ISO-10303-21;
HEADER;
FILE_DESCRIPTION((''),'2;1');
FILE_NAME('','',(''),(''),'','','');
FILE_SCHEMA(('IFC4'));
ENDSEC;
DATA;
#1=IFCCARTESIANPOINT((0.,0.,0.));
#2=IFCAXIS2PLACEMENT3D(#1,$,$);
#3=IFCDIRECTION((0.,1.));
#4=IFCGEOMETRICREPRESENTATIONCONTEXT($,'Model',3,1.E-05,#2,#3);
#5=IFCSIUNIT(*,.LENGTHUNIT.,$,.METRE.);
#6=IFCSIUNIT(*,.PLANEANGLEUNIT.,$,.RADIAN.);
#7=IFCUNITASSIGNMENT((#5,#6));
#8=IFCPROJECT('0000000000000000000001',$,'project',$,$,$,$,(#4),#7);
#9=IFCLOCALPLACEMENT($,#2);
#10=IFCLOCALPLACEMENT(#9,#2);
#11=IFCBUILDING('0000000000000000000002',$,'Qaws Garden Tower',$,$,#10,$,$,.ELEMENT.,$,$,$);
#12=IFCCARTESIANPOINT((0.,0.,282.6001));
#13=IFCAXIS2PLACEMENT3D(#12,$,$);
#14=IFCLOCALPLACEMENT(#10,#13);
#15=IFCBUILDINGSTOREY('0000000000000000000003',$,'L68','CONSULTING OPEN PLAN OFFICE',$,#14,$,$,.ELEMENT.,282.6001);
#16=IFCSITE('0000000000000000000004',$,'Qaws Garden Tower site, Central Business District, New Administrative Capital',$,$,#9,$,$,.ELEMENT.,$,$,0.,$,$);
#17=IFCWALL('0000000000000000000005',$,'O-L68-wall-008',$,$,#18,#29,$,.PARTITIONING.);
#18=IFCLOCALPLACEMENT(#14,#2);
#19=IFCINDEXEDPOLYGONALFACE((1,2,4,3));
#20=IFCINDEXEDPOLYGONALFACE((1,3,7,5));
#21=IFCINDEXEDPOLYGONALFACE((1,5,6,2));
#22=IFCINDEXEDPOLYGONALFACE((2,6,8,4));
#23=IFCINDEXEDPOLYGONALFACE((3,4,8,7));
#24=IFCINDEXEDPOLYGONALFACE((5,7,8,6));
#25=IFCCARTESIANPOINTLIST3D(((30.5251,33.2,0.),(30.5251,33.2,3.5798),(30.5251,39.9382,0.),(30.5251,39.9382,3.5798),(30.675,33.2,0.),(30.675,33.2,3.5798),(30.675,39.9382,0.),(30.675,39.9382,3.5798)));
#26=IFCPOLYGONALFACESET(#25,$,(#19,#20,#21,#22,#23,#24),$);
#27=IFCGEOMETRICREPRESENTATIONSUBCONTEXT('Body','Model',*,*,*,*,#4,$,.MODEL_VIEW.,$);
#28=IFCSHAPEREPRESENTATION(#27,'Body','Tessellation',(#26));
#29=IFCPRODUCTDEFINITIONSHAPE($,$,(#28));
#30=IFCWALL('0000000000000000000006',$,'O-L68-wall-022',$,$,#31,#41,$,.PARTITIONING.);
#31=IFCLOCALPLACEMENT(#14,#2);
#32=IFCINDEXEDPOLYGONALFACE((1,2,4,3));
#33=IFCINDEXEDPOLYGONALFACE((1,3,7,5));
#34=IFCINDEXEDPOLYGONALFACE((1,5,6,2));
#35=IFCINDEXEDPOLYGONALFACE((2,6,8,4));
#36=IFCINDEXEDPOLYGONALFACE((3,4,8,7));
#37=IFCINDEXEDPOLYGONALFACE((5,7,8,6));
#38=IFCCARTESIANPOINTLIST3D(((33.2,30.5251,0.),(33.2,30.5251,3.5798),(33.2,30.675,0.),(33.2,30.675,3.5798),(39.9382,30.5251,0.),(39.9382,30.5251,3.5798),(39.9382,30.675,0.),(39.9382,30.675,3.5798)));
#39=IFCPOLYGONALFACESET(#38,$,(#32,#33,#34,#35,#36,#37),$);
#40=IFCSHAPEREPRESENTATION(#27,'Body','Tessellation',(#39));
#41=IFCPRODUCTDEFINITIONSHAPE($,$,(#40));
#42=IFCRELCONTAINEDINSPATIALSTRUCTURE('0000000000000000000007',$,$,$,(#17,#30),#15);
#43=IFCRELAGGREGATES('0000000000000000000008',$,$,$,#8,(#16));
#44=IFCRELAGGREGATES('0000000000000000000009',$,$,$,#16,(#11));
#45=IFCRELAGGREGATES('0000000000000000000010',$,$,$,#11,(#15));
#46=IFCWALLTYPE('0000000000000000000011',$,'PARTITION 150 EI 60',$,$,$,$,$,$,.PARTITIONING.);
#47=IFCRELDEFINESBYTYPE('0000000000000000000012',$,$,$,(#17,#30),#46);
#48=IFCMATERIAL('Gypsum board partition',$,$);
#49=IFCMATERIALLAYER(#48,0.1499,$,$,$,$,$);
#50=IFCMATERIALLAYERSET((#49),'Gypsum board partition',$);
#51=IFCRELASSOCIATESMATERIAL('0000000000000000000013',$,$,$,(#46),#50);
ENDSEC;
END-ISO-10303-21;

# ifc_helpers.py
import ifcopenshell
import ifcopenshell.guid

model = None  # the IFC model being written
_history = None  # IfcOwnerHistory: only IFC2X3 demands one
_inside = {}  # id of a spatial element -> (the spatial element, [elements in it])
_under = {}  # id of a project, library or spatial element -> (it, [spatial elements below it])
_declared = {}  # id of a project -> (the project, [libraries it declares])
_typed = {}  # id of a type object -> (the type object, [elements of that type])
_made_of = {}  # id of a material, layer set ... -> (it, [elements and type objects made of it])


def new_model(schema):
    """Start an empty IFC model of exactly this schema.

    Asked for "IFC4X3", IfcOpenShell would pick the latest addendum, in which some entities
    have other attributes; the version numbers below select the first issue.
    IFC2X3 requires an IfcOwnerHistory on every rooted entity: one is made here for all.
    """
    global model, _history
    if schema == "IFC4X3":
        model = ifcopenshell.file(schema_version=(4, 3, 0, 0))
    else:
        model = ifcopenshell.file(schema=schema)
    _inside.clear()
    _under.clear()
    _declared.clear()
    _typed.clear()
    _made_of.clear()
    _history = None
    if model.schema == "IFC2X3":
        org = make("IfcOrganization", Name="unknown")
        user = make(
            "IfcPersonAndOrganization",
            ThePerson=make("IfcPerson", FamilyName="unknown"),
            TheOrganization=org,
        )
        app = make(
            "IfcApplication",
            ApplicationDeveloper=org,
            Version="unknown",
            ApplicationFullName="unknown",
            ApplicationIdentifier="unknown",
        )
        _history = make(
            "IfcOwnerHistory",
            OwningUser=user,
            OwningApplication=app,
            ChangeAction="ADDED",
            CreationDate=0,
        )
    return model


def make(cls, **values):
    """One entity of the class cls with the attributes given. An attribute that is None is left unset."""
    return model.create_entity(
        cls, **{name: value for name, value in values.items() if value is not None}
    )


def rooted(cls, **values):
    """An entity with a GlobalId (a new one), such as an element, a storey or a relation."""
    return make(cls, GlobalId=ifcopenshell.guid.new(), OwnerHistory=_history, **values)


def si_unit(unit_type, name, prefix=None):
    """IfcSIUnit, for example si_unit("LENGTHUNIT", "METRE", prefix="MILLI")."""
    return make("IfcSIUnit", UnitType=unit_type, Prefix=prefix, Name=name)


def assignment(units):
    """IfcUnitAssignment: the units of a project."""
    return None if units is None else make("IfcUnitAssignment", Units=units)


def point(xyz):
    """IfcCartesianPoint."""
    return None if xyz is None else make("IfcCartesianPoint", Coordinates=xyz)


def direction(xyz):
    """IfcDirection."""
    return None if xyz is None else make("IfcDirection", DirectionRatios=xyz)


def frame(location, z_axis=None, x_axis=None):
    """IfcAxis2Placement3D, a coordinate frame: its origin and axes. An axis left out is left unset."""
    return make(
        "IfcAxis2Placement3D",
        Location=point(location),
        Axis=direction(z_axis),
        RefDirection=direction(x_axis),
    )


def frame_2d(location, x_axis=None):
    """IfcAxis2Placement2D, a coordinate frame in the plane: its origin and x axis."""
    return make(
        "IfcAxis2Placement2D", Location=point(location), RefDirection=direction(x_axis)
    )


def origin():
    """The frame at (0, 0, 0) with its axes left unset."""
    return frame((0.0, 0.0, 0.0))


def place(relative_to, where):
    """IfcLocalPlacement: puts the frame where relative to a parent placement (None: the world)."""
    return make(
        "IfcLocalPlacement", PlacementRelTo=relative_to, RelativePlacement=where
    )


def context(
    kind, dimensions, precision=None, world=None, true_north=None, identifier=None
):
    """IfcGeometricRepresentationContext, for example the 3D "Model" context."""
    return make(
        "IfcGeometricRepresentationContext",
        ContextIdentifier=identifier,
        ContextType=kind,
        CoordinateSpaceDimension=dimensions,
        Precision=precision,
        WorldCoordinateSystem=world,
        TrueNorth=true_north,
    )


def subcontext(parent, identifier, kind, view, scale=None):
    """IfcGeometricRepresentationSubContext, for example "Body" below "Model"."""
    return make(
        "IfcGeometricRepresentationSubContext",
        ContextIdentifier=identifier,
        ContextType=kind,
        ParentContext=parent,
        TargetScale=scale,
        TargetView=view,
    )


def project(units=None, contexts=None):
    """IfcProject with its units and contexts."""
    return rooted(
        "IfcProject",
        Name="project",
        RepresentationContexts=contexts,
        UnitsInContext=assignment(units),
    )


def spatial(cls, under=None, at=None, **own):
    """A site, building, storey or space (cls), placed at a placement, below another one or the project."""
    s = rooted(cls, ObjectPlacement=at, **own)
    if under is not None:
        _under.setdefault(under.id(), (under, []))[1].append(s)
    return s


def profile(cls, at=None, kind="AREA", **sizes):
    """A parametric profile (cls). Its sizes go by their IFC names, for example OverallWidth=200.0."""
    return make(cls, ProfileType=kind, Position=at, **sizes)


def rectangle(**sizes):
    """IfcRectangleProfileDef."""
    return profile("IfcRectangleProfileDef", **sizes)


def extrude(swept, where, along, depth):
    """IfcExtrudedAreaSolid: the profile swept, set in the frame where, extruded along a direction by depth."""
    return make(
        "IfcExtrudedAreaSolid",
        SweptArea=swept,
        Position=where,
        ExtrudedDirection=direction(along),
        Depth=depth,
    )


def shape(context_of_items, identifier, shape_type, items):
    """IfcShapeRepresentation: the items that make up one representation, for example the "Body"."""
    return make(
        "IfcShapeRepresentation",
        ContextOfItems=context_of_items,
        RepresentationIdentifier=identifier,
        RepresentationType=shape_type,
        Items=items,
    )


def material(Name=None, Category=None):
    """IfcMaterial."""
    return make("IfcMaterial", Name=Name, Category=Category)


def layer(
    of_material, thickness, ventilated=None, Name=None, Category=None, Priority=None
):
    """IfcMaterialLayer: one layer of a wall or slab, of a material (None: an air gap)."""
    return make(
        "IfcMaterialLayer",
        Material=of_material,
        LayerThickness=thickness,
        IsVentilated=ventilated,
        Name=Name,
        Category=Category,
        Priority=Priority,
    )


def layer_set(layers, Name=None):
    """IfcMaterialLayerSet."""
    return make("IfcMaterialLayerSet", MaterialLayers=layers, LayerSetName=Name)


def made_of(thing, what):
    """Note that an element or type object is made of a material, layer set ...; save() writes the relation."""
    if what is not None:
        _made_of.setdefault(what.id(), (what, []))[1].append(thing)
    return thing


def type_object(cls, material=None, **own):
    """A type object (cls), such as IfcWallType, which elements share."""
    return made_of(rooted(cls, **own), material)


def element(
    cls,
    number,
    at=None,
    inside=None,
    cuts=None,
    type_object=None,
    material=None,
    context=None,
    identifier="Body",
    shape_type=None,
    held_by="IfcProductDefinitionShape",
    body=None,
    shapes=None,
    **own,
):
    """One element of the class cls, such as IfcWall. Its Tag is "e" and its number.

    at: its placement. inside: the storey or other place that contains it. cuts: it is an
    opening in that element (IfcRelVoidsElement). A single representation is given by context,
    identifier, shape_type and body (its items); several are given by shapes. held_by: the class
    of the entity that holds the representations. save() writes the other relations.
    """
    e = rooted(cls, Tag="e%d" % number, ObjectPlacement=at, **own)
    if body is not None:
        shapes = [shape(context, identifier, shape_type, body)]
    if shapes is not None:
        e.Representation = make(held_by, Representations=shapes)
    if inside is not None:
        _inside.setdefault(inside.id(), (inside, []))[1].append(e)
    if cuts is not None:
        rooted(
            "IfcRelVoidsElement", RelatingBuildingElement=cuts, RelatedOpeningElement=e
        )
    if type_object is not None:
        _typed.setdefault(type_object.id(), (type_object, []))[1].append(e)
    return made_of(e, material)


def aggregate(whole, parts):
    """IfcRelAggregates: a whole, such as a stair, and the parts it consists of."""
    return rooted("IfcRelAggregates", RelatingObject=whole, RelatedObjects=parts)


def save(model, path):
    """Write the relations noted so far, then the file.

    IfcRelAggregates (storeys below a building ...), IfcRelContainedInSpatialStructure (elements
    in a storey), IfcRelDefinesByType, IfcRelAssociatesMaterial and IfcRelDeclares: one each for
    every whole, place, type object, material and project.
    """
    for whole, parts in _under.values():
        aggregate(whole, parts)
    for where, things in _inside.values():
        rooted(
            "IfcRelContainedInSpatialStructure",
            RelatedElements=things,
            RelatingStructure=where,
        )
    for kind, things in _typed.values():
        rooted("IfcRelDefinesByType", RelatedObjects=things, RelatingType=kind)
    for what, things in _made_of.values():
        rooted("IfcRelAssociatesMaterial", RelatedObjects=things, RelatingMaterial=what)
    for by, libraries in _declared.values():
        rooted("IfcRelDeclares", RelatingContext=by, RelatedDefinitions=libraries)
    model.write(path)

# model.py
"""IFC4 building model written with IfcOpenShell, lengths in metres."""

from ifc_helpers import new_model, si_unit, direction, frame, frame_2d, origin, place, context, subcontext, project, spatial, rectangle, extrude, material, layer, layer_set, type_object, element, save


model = new_model("IFC4")

# Units and contexts
model_context = context("Model", 3, precision=1e-05, world=origin(), true_north=direction((0.0, 1.0)))
body_context = subcontext(model_context, "Body", "Model", "MODEL_VIEW")
ifc_project = project(units=[si_unit("LENGTHUNIT", "METRE"), si_unit("PLANEANGLEUNIT", "RADIAN")], contexts=[model_context])

# Site, building, storey
site_placement = place(None, origin())
site = spatial("IfcSite", under=ifc_project, at=site_placement, Name="Qaws Garden Tower site, Central Business District, New Administrative Capital", CompositionType="ELEMENT", RefElevation=0.0)
building_placement = place(site_placement, origin())
building = spatial("IfcBuilding", under=site, at=building_placement, Name="Qaws Garden Tower", CompositionType="ELEMENT")
storey_placement = place(building_placement, frame((0.0, 0.0, 282.6001)))
storey = spatial("IfcBuildingStorey", under=building, at=storey_placement, Name="L68", Description="CONSULTING OPEN PLAN OFFICE", CompositionType="ELEMENT", Elevation=282.6001)

# Walls
ifc_material_1 = material(Name="Gypsum board partition")
ifc_layer_1 = layer(ifc_material_1, 0.1499)
ifc_layer_set_1 = layer_set([ifc_layer_1], Name="Gypsum board partition")
wall_type_1 = type_object("IfcWallType", Name="PARTITION 150 EI 60", PredefinedType="PARTITIONING", material=ifc_layer_set_1)
for number, where, z_axis, x_axis, name in (
    (1, (30.6001, 33.2, 0.0), (0.0, 0.0, 1.0), (0.0, 1.0, 0.0), "O-L68-wall-008"),
    (2, (33.2, 30.6001, 0.0), (0.0, 0.0, 1.0), (1.0, 0.0, 0.0), "O-L68-wall-022"),
):
    element("IfcWall", number, at=place(storey_placement, frame(where, z_axis=z_axis, x_axis=x_axis)), inside=storey, type_object=wall_type_1, Name=name, PredefinedType="PARTITIONING", context=body_context, shape_type="SweptSolid", body=[
        extrude(rectangle(XDim=6.7383, YDim=0.1499, at=frame_2d((3.3691, 0.0))), origin(), (0.0, 0.0, 1.0), 3.5798),
    ])

save(model, "model.ifc")
